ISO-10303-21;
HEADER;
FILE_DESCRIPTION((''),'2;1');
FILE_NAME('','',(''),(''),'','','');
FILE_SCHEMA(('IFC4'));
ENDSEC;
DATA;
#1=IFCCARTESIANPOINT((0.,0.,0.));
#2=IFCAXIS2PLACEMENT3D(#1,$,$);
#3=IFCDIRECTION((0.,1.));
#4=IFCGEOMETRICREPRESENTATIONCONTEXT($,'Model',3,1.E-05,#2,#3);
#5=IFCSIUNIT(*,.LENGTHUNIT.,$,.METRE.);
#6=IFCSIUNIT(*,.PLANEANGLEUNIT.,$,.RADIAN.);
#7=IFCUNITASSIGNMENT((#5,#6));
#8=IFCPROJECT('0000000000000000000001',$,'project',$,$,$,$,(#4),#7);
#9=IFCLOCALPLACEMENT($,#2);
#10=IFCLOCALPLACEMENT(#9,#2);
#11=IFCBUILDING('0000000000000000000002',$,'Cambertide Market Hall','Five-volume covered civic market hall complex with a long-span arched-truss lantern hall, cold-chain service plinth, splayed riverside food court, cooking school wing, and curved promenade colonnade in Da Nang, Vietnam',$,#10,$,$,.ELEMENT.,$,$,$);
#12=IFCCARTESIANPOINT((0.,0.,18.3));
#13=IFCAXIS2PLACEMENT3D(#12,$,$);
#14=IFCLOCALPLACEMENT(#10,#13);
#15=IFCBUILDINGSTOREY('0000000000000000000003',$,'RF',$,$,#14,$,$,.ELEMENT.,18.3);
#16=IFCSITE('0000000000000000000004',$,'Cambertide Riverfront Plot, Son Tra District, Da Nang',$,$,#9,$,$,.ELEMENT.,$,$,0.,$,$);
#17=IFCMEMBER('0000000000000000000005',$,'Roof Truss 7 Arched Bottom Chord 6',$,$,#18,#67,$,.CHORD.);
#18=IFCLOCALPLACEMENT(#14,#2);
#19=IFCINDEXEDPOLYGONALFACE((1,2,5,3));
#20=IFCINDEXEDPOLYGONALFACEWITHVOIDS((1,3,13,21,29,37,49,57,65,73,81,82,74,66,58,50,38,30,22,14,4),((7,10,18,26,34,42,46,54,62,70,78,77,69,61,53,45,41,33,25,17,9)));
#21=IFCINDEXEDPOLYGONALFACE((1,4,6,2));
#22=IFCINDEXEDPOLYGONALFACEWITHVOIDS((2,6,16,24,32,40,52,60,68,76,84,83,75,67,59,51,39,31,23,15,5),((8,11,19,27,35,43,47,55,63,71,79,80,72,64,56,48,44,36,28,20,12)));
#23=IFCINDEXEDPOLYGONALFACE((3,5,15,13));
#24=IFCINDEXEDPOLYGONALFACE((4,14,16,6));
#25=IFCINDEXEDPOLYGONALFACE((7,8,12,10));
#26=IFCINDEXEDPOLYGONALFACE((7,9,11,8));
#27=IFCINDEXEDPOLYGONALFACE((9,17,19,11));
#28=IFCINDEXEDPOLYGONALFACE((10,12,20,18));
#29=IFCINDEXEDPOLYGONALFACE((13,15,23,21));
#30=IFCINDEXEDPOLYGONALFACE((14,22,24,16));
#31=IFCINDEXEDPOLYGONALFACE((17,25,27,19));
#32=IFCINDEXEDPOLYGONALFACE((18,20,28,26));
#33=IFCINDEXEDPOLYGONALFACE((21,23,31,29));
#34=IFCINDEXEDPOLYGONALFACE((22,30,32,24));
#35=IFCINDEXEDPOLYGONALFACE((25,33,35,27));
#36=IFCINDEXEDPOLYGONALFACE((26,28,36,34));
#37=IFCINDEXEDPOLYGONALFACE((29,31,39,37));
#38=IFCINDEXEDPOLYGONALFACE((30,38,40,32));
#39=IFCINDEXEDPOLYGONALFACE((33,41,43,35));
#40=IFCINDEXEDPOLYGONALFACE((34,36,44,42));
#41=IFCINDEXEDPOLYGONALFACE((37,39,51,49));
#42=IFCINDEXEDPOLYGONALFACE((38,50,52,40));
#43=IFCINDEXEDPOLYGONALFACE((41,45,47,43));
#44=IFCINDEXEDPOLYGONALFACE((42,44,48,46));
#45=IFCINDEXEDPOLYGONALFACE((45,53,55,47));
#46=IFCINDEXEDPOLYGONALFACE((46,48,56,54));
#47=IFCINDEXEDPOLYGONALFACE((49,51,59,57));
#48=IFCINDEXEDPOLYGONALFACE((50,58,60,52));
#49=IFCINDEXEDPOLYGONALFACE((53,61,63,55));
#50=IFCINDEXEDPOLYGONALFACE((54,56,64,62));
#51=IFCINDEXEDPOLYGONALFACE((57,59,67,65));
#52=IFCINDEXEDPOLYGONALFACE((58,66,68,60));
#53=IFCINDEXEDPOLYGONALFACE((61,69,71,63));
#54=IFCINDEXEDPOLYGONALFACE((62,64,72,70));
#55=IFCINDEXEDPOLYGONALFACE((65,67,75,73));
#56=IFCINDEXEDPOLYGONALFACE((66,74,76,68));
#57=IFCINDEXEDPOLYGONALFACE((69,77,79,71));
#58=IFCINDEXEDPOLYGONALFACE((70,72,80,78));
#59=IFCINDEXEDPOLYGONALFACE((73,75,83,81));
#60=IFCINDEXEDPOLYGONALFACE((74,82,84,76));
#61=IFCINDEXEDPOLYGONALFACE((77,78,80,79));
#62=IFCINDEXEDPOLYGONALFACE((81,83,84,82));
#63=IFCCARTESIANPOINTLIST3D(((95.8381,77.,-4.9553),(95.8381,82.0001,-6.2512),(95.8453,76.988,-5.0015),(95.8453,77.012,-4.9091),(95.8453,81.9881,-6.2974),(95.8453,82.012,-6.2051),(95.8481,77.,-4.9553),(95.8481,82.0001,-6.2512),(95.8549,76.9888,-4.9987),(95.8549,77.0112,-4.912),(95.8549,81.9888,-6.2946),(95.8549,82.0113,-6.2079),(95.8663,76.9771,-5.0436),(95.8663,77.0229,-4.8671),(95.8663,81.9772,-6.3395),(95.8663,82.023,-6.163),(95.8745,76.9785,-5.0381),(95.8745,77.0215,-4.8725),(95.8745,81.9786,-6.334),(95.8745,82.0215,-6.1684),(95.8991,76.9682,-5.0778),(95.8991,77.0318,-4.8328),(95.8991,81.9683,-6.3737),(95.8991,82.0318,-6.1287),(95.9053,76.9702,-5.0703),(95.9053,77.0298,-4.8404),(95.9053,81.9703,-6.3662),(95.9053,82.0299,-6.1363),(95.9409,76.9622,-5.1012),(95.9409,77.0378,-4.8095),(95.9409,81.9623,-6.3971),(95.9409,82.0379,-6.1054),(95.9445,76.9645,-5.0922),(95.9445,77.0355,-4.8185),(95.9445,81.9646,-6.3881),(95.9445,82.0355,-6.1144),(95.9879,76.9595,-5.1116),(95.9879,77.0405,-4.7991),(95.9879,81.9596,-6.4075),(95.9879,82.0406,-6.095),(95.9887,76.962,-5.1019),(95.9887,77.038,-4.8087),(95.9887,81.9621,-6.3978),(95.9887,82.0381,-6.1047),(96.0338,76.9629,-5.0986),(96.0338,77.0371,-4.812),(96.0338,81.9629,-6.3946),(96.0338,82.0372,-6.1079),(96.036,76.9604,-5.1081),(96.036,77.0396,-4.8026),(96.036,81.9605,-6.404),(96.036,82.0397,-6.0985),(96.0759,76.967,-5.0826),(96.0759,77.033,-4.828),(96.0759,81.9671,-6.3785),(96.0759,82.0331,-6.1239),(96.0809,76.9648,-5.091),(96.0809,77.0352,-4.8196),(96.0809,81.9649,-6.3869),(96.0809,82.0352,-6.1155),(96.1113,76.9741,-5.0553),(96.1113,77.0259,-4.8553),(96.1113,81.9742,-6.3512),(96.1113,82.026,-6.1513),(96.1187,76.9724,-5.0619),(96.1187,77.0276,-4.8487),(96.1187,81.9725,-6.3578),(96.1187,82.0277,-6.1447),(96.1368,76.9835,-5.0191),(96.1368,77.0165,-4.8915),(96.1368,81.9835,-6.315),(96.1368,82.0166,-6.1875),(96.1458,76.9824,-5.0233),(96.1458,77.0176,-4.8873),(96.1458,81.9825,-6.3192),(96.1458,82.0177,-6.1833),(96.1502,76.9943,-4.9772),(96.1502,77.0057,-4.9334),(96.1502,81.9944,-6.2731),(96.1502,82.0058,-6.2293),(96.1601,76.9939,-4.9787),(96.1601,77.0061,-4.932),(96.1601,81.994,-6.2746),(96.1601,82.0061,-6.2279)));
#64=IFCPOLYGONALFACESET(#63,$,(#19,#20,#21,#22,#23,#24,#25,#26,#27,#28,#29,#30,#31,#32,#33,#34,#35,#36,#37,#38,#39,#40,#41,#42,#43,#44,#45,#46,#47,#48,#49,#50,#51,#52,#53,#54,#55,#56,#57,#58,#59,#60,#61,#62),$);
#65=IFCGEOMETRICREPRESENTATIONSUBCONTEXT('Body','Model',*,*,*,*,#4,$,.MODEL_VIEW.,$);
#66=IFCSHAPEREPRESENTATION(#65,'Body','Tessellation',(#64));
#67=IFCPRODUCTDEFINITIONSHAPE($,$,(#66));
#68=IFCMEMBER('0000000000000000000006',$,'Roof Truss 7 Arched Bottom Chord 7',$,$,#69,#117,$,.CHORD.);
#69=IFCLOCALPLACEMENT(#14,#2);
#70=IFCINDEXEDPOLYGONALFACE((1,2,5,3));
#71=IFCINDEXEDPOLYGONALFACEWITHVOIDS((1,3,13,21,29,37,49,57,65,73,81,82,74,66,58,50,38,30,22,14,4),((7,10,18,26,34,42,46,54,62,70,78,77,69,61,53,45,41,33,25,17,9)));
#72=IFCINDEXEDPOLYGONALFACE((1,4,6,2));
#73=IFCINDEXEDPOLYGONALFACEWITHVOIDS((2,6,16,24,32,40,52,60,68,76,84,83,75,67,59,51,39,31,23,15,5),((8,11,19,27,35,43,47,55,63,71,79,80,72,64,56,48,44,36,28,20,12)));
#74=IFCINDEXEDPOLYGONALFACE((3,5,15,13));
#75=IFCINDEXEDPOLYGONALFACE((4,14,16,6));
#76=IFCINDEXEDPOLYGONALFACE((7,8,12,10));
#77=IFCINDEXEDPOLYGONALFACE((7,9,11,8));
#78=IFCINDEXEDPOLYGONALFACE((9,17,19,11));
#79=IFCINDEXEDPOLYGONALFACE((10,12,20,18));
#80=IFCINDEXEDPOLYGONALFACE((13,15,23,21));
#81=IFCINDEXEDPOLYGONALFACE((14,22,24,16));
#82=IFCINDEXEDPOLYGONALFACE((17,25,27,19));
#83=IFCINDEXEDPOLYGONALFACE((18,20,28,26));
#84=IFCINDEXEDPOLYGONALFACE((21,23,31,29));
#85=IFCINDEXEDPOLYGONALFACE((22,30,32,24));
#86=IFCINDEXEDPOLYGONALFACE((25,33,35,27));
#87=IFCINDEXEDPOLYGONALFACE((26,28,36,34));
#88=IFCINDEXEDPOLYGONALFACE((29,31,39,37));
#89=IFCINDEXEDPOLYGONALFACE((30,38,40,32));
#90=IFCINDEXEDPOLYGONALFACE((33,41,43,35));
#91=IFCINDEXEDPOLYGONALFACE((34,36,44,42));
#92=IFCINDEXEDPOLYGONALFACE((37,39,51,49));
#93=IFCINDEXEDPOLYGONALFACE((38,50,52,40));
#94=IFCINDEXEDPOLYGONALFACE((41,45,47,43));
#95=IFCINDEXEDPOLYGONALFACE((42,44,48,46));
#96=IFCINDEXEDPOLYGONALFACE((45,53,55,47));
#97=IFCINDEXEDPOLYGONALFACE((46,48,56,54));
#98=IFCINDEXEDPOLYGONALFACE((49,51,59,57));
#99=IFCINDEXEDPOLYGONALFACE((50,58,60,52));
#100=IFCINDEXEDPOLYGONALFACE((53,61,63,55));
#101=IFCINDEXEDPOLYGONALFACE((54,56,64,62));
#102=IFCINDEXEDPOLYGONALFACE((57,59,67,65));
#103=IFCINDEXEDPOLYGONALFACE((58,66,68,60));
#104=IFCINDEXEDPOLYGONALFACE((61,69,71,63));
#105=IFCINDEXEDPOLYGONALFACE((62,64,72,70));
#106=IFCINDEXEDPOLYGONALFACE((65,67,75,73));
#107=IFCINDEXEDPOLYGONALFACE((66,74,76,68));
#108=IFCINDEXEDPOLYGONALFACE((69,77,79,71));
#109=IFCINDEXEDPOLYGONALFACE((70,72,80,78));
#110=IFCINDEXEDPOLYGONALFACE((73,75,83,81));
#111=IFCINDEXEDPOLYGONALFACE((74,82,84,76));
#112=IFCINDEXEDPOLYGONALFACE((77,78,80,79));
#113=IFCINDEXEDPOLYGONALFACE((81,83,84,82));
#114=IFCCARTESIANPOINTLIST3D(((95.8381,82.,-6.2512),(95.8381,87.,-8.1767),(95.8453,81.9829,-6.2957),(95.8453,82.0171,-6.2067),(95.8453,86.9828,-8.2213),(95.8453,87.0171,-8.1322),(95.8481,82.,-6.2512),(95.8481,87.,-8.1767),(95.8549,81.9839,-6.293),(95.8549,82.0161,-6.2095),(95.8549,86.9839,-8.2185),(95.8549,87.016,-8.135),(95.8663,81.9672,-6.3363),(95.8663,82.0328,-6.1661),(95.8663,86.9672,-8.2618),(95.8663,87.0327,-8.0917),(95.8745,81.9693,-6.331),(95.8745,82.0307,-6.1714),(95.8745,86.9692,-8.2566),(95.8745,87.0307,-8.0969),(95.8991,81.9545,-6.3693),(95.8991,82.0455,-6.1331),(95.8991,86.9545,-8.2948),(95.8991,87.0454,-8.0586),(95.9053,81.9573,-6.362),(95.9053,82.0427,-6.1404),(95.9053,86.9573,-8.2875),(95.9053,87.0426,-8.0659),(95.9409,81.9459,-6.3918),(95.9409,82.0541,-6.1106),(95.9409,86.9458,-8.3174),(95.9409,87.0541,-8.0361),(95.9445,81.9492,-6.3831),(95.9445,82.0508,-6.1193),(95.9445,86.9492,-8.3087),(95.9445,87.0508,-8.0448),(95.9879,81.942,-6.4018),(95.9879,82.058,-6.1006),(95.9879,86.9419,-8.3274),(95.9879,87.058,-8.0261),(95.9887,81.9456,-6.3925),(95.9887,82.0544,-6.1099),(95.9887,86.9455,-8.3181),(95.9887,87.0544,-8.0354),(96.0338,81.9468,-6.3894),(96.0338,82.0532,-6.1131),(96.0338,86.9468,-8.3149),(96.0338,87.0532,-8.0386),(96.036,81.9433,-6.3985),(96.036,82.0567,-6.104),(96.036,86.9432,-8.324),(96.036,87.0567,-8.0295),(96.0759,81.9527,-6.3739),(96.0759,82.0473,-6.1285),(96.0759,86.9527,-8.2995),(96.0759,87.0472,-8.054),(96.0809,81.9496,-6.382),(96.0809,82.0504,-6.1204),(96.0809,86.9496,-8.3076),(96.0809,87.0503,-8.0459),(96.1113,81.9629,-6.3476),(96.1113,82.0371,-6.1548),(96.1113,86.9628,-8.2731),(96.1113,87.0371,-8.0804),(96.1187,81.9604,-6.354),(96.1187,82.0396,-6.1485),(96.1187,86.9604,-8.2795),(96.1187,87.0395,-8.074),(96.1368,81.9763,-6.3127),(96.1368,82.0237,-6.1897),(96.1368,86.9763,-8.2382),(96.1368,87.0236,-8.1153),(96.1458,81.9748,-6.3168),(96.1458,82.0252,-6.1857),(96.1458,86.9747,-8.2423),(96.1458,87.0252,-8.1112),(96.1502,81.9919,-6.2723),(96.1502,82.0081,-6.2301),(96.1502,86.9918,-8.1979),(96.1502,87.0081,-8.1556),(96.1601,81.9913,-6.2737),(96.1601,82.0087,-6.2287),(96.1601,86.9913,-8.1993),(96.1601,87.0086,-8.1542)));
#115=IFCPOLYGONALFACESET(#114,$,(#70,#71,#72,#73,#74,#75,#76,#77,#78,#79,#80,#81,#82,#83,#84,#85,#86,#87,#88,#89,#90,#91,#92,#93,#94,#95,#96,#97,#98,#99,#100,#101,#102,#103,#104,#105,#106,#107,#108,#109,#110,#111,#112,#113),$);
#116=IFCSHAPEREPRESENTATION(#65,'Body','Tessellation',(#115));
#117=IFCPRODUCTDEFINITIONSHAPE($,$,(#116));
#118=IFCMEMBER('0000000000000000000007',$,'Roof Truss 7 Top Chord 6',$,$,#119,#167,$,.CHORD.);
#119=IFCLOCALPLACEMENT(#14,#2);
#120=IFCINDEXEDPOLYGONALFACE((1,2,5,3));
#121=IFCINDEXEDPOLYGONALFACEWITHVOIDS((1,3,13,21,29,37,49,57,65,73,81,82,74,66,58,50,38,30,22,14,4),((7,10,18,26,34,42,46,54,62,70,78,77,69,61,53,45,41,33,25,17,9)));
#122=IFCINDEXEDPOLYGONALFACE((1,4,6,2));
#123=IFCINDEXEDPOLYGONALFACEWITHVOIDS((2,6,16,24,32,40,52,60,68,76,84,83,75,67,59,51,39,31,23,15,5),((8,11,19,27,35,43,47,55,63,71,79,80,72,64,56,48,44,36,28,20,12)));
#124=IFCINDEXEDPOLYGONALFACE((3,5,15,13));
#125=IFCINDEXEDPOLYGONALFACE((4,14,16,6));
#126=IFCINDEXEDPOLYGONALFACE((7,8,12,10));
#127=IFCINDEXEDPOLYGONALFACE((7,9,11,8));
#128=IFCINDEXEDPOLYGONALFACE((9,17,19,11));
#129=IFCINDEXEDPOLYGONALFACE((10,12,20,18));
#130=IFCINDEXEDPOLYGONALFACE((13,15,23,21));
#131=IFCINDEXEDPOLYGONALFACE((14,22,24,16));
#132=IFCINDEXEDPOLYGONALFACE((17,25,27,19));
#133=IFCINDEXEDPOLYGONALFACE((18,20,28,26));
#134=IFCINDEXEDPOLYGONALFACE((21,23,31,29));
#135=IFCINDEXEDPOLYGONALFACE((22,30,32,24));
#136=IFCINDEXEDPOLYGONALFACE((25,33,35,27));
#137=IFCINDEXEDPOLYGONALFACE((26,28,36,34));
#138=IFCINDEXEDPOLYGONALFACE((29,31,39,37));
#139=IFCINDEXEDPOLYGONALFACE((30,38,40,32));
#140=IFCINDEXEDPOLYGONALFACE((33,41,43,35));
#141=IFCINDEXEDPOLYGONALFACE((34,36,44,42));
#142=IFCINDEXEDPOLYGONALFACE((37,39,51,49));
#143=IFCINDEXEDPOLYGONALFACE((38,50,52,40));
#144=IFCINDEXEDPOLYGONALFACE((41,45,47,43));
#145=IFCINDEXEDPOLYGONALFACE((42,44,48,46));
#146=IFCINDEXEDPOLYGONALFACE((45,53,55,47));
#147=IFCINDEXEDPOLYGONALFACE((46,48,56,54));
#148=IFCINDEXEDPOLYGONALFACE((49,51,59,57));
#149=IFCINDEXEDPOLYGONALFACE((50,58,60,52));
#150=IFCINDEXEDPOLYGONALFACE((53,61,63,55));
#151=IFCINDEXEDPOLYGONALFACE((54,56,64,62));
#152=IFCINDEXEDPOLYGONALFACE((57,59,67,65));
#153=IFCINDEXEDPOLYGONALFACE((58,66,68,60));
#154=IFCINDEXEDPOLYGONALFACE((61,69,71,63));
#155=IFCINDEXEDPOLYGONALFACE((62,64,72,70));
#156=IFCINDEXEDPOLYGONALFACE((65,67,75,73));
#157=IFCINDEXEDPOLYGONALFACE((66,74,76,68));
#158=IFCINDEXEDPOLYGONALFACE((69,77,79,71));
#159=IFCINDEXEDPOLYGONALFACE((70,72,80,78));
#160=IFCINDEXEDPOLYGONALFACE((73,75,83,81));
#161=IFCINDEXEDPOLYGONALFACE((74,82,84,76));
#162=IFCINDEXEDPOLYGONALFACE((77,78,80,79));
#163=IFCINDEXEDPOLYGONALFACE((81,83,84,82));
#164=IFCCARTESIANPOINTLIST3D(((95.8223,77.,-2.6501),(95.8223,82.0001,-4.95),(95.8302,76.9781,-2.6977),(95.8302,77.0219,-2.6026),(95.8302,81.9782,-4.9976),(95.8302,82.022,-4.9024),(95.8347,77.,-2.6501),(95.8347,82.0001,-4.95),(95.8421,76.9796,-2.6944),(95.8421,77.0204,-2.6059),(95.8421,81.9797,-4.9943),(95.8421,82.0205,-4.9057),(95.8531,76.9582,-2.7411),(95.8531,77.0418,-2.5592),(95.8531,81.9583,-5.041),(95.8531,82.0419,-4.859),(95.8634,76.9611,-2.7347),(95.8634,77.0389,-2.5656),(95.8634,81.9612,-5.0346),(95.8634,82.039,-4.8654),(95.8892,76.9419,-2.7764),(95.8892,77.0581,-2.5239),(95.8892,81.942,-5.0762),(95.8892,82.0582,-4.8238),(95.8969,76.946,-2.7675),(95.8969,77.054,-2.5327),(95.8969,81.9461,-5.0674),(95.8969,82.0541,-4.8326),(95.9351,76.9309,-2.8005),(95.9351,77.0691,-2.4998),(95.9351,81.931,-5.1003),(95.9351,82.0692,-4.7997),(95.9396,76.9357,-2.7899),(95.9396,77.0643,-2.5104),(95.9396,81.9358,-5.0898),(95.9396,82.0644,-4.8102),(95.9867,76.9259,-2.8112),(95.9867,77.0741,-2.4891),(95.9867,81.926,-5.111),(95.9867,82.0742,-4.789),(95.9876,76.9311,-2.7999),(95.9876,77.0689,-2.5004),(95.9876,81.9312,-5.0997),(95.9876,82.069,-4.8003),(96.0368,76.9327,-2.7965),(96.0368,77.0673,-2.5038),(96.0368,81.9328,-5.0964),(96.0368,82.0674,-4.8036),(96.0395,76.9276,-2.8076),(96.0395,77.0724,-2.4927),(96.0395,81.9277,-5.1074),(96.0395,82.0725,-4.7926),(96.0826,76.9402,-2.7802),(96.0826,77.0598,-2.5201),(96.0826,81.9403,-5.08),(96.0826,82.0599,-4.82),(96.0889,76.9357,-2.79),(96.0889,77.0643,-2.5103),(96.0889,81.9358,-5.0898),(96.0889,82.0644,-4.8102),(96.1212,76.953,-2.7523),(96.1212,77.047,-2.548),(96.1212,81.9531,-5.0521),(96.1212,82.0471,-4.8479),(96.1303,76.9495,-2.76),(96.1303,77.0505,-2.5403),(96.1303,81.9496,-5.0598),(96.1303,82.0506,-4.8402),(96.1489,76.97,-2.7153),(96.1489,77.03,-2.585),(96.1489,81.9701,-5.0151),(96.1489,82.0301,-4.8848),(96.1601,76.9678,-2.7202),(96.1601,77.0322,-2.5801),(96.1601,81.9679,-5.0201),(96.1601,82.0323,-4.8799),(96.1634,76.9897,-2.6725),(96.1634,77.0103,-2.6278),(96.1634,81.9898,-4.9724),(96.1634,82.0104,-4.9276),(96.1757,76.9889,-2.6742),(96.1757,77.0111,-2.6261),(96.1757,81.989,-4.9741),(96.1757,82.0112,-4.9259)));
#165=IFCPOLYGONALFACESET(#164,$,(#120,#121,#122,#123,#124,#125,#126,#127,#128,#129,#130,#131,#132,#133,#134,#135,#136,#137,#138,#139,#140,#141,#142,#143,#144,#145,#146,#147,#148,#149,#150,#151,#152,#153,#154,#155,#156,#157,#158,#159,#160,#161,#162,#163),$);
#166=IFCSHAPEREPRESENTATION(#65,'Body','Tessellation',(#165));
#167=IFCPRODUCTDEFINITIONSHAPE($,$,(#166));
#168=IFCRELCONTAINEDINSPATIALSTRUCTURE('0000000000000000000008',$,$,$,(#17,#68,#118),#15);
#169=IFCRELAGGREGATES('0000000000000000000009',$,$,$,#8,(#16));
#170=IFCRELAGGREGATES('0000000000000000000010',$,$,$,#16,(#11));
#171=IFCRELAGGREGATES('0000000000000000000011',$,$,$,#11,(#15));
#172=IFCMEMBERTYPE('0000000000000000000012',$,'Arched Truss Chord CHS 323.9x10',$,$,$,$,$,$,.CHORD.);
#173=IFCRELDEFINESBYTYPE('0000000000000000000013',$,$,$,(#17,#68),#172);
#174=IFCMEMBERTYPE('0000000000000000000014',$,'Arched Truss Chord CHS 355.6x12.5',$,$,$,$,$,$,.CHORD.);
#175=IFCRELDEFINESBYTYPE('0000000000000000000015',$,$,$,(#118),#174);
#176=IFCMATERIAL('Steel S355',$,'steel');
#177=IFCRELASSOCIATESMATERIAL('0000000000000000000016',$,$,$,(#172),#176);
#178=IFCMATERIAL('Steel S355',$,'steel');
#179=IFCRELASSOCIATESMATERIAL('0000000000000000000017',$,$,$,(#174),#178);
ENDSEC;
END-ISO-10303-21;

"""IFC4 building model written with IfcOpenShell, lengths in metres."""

from ifc_helpers import new_model, si_unit, direction, frame, origin, origin_2d, place, context, subcontext, project, spatial, hollow_circle, extrude, material, material_profile, profile_set, type_object, element, save


model = new_model("IFC4")

# Units and contexts
model_context = context("Model", 3, precision=1e-05, world=origin(), true_north=direction((0.0, 1.0)))
body_context = subcontext(model_context, "Body", "Model", "MODEL_VIEW")
ifc_project = project(units=[si_unit("LENGTHUNIT", "METRE"), si_unit("PLANEANGLEUNIT", "RADIAN")], contexts=[model_context])

# Site, building, storey
site_placement = place(None, origin())
site = spatial("IfcSite", under=ifc_project, at=site_placement, Name="Cambertide Riverfront Plot, Son Tra District, Da Nang", CompositionType="ELEMENT", RefElevation=0.0)
building_placement = place(site_placement, origin())
building = spatial("IfcBuilding", under=site, at=building_placement, Name="Cambertide Market Hall", Description="Five-volume covered civic market hall complex with a long-span arched-truss lantern hall, cold-chain service plinth, splayed riverside food court, cooking school wing, and curved promenade colonnade in Da Nang, Vietnam", CompositionType="ELEMENT")
storey_placement = place(building_placement, frame((0.0, 0.0, 18.3)))
storey = spatial("IfcBuildingStorey", under=building, at=storey_placement, Name="RF", CompositionType="ELEMENT", Elevation=18.3)

# Members
ifc_material_1 = material(Name="Steel S355", Category="steel")
ifc_material_profile_1 = material_profile(ifc_material_1, hollow_circle(Radius=0.1619, WallThickness=0.01, at=origin_2d()), Name="CHS 323.9x10")
ifc_profile_set_1 = profile_set([ifc_material_profile_1], Name="Steel S355")
member_type_1 = type_object("IfcMemberType", Name="Arched Truss Chord CHS 323.9x10", PredefinedType="CHORD", material=ifc_profile_set_1)
member_1_placement = place(storey_placement, frame((96.0, 77.0, -4.9553), z_axis=(0.0, 0.968016, -0.25089), x_axis=(-1.0, 0.0, 0.0)))
element("IfcMember", 1, at=member_1_placement, inside=storey, type_object=member_type_1, Name="Roof Truss 7 Arched Bottom Chord 6", PredefinedType="CHORD", context=body_context, shape_type="SweptSolid", body=[
    extrude(hollow_circle(Radius=0.1619, WallThickness=0.01, at=origin_2d()), origin(), (0.0, 0.0, 1.0), 5.1653),
])
member_2_placement = place(storey_placement, frame((96.0, 82.0, -6.2512), z_axis=(0.0, 0.933192, -0.359379), x_axis=(-1.0, 0.0, 0.0)))
element("IfcMember", 2, at=member_2_placement, inside=storey, type_object=member_type_1, Name="Roof Truss 7 Arched Bottom Chord 7", PredefinedType="CHORD", context=body_context, shape_type="SweptSolid", body=[
    extrude(hollow_circle(Radius=0.1619, WallThickness=0.01, at=origin_2d()), origin(), (0.0, 0.0, 1.0), 5.3579),
])
ifc_material_2 = material(Name="Steel S355", Category="steel")
ifc_material_profile_2 = material_profile(ifc_material_2, hollow_circle(Radius=0.1777, WallThickness=0.0125, at=origin_2d()), Name="CHS 355.6x12.5")
ifc_profile_set_2 = profile_set([ifc_material_profile_2], Name="Steel S355")
member_type_2 = type_object("IfcMemberType", Name="Arched Truss Chord CHS 355.6x12.5", PredefinedType="CHORD", material=ifc_profile_set_2)
for number, where, z_axis, x_axis, name in (
    (3, (96.0, 77.0, -2.6501), (0.0, 0.908504, -0.417876), (-1.0, 0.0, 0.0), "Roof Truss 7 Top Chord 6"),
):
    element("IfcMember", number, at=place(storey_placement, frame(where, z_axis=z_axis, x_axis=x_axis)), inside=storey, type_object=member_type_2, Name=name, PredefinedType="CHORD", context=body_context, shape_type="SweptSolid", body=[
        extrude(hollow_circle(Radius=0.1777, WallThickness=0.0125, at=origin_2d()), origin(), (0.0, 0.0, 1.0), 5.5037),
    ])

save(model, "model.ifc")
